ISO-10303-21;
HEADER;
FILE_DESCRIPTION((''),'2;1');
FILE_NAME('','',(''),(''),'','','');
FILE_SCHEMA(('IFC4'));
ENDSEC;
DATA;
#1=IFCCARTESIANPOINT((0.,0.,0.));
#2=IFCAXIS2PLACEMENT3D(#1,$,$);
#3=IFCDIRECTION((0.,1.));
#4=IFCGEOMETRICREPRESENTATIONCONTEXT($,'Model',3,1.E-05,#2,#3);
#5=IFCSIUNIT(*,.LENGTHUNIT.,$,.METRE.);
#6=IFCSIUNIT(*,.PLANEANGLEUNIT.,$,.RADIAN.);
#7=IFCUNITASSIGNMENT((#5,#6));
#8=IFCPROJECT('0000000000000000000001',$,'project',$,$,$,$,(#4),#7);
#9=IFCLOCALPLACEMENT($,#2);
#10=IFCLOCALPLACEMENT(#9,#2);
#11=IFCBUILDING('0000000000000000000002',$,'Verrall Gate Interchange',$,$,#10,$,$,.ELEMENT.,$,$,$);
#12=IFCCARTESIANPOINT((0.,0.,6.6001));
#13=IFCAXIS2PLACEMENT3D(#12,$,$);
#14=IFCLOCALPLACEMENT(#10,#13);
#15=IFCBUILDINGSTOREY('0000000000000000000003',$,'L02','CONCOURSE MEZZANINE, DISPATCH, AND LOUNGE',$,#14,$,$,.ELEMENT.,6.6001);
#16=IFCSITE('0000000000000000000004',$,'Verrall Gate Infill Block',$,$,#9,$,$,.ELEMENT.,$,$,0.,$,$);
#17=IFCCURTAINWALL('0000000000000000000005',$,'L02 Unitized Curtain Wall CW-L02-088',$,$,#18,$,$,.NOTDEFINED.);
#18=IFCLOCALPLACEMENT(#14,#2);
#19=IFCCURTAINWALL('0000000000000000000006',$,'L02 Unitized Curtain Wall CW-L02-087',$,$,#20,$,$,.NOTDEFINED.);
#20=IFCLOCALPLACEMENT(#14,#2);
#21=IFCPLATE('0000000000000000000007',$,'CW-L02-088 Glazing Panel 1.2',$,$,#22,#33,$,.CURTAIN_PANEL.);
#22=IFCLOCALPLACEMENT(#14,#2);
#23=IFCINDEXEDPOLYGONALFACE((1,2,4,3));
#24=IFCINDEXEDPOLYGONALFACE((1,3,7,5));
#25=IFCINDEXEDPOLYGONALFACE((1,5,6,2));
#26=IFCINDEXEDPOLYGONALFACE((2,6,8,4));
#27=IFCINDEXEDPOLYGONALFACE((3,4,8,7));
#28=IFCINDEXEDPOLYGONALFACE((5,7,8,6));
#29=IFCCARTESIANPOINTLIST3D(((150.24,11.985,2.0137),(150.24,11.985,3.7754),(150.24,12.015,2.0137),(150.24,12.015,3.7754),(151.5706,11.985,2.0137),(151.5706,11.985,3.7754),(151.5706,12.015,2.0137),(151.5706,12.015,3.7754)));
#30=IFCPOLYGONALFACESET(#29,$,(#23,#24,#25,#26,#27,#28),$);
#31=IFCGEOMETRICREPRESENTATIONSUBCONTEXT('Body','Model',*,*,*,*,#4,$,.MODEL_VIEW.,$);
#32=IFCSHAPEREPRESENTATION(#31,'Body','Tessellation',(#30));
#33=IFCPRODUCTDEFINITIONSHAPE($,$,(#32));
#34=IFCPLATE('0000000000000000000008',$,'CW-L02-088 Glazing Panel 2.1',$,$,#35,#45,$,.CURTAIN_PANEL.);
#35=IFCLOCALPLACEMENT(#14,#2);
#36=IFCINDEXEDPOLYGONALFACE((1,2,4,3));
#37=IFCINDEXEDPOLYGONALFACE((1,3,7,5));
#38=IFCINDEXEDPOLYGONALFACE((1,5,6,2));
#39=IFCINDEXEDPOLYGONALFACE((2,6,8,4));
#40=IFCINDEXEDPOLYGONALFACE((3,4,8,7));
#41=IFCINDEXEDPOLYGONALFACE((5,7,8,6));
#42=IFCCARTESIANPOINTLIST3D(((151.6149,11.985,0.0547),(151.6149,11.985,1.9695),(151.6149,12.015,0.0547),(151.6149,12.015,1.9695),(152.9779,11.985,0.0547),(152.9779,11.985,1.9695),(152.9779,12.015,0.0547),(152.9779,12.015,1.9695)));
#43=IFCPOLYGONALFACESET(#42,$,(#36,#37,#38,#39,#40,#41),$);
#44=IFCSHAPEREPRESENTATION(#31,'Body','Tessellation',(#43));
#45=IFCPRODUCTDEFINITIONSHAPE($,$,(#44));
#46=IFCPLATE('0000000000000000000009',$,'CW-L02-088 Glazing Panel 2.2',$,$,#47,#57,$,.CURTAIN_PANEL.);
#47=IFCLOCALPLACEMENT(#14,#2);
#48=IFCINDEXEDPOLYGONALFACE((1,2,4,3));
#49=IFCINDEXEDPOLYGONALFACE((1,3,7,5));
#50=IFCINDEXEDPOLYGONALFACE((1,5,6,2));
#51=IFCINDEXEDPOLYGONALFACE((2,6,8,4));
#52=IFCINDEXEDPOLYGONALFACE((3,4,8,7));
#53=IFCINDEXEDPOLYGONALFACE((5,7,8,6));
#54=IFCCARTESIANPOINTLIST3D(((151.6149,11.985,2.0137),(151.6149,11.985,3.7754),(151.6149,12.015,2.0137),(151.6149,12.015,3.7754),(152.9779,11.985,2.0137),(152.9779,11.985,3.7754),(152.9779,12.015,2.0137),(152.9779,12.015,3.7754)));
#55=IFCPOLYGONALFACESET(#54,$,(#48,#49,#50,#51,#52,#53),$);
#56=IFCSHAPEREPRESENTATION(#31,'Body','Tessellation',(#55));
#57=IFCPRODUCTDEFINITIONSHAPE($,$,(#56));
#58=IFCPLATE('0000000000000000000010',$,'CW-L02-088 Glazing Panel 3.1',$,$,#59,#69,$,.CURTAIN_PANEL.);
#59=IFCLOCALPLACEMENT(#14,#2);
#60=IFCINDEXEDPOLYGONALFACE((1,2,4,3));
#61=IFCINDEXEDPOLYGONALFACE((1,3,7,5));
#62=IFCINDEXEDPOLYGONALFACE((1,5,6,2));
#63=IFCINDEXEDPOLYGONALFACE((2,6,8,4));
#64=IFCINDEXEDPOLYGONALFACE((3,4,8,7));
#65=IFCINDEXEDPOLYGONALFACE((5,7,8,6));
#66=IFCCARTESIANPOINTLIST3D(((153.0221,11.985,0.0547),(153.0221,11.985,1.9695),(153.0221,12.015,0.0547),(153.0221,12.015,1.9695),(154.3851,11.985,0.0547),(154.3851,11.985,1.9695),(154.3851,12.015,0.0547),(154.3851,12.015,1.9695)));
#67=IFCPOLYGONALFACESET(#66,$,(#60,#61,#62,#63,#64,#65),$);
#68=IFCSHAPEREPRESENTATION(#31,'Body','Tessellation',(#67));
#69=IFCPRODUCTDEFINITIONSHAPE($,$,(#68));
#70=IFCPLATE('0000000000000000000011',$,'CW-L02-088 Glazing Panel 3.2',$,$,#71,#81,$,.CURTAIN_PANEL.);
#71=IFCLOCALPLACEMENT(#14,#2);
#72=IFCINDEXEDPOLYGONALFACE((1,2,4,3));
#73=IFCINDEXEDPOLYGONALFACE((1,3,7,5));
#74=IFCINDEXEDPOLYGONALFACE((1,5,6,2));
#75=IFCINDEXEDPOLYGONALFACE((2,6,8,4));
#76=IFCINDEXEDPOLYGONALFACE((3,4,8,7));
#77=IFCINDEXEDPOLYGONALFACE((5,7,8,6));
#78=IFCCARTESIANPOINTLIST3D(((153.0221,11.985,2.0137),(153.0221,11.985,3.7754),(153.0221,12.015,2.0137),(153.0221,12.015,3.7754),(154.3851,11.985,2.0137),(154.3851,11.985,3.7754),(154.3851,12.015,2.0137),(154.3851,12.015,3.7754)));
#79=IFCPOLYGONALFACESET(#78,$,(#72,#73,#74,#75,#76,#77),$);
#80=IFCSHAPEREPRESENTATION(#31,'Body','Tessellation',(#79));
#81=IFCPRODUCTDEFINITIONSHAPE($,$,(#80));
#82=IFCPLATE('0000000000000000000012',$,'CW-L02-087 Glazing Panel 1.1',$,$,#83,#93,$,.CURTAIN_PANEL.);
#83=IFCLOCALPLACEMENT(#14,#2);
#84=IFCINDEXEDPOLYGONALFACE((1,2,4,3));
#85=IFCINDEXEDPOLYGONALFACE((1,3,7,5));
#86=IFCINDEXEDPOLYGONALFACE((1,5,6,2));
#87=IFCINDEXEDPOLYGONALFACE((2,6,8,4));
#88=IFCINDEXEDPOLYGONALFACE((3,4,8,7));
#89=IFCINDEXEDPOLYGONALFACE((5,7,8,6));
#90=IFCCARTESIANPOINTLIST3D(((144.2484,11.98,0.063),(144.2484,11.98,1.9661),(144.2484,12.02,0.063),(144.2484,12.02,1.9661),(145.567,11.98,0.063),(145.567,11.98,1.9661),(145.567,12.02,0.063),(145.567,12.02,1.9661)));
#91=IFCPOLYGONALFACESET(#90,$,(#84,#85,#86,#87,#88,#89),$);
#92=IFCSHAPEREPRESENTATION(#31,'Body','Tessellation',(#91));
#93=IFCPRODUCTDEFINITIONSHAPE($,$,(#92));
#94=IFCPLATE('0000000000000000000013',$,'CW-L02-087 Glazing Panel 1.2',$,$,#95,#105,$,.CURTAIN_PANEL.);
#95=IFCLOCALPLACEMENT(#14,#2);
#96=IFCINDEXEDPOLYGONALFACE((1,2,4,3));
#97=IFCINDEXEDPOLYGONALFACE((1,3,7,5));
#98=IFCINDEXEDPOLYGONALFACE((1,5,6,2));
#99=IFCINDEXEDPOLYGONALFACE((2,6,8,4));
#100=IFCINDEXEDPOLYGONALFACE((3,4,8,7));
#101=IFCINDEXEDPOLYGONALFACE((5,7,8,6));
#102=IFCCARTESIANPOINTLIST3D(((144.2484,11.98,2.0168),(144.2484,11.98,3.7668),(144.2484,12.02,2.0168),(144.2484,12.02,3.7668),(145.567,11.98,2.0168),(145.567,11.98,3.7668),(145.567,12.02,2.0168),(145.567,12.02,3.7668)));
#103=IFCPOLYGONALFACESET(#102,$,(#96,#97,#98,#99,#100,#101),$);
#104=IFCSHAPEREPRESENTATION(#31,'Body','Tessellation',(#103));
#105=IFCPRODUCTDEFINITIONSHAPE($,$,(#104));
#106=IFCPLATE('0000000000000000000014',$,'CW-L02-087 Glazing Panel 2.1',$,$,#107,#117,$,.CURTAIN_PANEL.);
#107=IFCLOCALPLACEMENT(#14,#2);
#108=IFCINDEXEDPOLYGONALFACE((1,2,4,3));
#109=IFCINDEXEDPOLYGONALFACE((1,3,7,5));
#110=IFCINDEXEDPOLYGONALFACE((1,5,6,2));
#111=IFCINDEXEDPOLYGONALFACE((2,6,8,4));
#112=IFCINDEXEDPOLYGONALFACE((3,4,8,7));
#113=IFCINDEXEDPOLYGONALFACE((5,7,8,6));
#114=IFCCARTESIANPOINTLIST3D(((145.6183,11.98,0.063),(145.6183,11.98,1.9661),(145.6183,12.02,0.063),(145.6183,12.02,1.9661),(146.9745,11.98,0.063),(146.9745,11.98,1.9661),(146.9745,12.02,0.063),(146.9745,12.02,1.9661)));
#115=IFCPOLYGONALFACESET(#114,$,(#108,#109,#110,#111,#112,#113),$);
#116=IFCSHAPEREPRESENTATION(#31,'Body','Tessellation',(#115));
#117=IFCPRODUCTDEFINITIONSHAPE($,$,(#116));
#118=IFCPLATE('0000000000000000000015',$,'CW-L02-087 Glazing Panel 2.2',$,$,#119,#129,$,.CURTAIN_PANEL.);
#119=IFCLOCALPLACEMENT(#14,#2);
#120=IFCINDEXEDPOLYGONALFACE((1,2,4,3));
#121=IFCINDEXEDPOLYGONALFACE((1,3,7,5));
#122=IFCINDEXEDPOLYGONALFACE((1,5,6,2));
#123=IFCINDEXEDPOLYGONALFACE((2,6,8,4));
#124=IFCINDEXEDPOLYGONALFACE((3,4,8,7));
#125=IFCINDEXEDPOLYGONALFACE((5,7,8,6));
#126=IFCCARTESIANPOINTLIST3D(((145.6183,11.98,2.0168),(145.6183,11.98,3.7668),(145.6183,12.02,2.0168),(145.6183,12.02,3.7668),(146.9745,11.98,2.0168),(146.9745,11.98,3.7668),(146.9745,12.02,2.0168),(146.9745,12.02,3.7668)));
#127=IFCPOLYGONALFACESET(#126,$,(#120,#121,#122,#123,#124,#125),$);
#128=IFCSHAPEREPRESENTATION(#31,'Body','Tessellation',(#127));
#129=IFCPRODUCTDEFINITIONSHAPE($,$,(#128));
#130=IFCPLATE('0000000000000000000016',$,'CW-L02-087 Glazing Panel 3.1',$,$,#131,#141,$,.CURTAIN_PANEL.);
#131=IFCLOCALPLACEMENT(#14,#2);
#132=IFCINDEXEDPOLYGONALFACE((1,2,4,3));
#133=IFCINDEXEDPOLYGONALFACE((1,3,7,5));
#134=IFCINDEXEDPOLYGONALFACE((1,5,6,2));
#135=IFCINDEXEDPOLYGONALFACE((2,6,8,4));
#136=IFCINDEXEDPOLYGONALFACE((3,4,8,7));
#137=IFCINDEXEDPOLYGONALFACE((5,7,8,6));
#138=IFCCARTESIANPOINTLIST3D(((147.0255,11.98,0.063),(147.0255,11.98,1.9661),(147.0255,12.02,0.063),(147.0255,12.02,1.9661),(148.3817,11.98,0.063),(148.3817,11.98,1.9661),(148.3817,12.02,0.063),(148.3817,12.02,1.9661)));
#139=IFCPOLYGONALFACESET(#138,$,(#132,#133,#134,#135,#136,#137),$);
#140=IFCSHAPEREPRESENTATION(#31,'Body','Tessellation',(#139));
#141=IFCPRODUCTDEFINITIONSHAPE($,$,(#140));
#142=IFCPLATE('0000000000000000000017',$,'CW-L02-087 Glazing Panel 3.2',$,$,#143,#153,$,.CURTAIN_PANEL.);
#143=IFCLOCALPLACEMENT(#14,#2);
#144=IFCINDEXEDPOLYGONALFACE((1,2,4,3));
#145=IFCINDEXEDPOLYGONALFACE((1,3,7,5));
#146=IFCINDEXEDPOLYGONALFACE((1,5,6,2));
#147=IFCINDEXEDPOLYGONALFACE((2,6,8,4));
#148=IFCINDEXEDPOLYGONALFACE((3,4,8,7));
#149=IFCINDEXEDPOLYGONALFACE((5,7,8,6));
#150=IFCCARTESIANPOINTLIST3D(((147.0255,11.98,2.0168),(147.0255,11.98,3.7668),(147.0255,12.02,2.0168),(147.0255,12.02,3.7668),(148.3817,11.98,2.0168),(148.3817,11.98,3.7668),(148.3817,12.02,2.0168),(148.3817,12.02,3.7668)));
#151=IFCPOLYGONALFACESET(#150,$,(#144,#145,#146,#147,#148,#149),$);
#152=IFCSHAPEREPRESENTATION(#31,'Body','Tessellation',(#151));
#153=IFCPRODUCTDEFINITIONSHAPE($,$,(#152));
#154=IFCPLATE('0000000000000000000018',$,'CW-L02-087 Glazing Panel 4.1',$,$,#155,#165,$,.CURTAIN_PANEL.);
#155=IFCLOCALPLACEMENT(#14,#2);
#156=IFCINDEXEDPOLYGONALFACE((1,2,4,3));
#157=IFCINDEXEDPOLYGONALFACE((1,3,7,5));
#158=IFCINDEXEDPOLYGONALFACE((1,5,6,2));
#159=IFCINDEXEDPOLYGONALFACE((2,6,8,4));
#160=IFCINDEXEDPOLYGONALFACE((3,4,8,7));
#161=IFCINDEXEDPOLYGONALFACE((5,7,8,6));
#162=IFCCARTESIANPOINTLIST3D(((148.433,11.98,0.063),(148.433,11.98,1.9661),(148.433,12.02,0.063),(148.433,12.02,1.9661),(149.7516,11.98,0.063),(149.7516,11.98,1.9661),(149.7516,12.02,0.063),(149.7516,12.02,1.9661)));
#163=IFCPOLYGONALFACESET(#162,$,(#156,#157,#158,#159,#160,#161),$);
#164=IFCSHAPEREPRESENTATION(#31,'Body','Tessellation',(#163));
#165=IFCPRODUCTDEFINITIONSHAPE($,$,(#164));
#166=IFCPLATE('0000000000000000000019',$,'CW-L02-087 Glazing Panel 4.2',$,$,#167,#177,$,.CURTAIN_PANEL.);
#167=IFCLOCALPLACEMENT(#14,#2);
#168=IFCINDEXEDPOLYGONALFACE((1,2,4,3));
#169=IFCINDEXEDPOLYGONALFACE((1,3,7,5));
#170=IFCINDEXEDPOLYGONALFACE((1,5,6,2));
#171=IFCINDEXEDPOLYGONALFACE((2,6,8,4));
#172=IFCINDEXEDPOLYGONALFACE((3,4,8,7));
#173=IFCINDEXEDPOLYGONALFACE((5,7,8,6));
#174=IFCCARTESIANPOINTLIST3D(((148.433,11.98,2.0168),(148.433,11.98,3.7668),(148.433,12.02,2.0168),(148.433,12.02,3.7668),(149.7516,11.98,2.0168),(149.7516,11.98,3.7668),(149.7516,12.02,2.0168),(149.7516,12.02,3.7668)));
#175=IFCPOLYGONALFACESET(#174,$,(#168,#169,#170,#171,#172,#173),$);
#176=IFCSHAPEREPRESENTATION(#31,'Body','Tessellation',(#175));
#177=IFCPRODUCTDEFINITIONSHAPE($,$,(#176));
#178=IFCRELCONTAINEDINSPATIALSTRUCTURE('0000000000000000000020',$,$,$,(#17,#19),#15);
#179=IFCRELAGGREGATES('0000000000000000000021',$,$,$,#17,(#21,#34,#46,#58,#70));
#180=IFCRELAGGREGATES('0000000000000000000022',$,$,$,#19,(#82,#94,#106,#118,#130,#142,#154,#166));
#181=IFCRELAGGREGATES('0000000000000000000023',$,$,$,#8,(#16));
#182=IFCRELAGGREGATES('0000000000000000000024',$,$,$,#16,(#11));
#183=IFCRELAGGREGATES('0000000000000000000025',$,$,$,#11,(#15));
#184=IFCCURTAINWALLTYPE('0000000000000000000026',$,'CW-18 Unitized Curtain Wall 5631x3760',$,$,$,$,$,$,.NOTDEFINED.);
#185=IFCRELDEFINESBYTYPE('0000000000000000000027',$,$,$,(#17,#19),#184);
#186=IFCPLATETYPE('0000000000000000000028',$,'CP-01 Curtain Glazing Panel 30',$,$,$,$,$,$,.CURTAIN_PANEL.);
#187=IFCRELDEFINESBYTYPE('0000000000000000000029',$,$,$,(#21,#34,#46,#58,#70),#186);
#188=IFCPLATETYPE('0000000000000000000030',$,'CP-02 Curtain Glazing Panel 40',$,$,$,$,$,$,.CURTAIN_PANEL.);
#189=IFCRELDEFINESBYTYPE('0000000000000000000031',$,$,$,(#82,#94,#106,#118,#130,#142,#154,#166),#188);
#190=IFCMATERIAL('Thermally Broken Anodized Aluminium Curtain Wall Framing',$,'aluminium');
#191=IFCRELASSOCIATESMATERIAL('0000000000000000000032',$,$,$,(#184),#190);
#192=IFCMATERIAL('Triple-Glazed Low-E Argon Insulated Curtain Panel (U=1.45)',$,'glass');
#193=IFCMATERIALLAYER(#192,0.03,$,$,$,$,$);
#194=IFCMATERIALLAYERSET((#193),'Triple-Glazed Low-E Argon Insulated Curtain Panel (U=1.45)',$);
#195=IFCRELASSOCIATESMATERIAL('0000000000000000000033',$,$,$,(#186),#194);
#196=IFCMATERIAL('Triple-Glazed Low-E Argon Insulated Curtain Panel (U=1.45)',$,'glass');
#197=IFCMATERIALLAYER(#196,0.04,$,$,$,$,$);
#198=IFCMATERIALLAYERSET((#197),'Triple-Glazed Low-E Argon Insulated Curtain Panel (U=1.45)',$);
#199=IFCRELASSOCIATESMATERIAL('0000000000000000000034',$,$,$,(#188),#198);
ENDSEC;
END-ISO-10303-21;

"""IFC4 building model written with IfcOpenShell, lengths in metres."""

from ifc_helpers import new_model, si_unit, direction, frame, origin, origin_2d, place, context, subcontext, project, spatial, rectangle, extrude, material, layer, layer_set, type_object, element, aggregate, save


model = new_model("IFC4")

# Units and contexts
model_context = context("Model", 3, precision=1e-05, world=origin(), true_north=direction((0.0, 1.0)))
body_context = subcontext(model_context, "Body", "Model", "MODEL_VIEW")
ifc_project = project(units=[si_unit("LENGTHUNIT", "METRE"), si_unit("PLANEANGLEUNIT", "RADIAN")], contexts=[model_context])

# Site, building, storey
site_placement = place(None, origin())
site = spatial("IfcSite", under=ifc_project, at=site_placement, Name="Verrall Gate Infill Block", CompositionType="ELEMENT", RefElevation=0.0)
building_placement = place(site_placement, origin())
building = spatial("IfcBuilding", under=site, at=building_placement, Name="Verrall Gate Interchange", CompositionType="ELEMENT")
storey_placement = place(building_placement, frame((0.0, 0.0, 6.6001)))
storey = spatial("IfcBuildingStorey", under=building, at=storey_placement, Name="L02", Description="CONCOURSE MEZZANINE, DISPATCH, AND LOUNGE", CompositionType="ELEMENT", Elevation=6.6001)

# Curtain walls
ifc_material_1 = material(Name="Thermally Broken Anodized Aluminium Curtain Wall Framing", Category="aluminium")
curtain_wall_type = type_object("IfcCurtainWallType", Name="CW-18 Unitized Curtain Wall 5631x3760", PredefinedType="NOTDEFINED", material=ifc_material_1)
curtain_wall_1_placement = place(storey_placement, origin())
curtain_wall_1 = element("IfcCurtainWall", 1, at=curtain_wall_1_placement, inside=storey, type_object=curtain_wall_type, Name="L02 Unitized Curtain Wall CW-L02-088", PredefinedType="NOTDEFINED")
curtain_wall_2_placement = place(storey_placement, origin())
curtain_wall_2 = element("IfcCurtainWall", 2, at=curtain_wall_2_placement, inside=storey, type_object=curtain_wall_type, Name="L02 Unitized Curtain Wall CW-L02-087", PredefinedType="NOTDEFINED")

# Plates
ifc_material_2 = material(Name="Triple-Glazed Low-E Argon Insulated Curtain Panel (U=1.45)", Category="glass")
ifc_layer_1 = layer(ifc_material_2, 0.03)
ifc_layer_set_1 = layer_set([ifc_layer_1], Name="Triple-Glazed Low-E Argon Insulated Curtain Panel (U=1.45)")
plate_type_1 = type_object("IfcPlateType", Name="CP-01 Curtain Glazing Panel 30", PredefinedType="CURTAIN_PANEL", material=ifc_layer_set_1)
plate_1_placement = place(storey_placement, frame((150.9053, 12.0, 2.0137), z_axis=(0.0, 0.0, 1.0), x_axis=(1.0, 0.0, 0.0)))
plate_1 = element("IfcPlate", 3, at=plate_1_placement, type_object=plate_type_1, Name="CW-L02-088 Glazing Panel 1.2", PredefinedType="CURTAIN_PANEL", context=body_context, shape_type="SweptSolid", body=[
    extrude(rectangle(XDim=1.3306, YDim=0.03, at=origin_2d()), origin(), (0.0, 0.0, 1.0), 1.7617),
])
plate_2_placement = place(storey_placement, frame((152.2964, 12.0, 0.0547), z_axis=(0.0, 0.0, 1.0), x_axis=(1.0, 0.0, 0.0)))
plate_2 = element("IfcPlate", 4, at=plate_2_placement, type_object=plate_type_1, Name="CW-L02-088 Glazing Panel 2.1", PredefinedType="CURTAIN_PANEL", context=body_context, shape_type="SweptSolid", body=[
    extrude(rectangle(XDim=1.363, YDim=0.03, at=origin_2d()), origin(), (0.0, 0.0, 1.0), 1.9148),
])
plate_3_placement = place(storey_placement, frame((152.2964, 12.0, 2.0137), z_axis=(0.0, 0.0, 1.0), x_axis=(1.0, 0.0, 0.0)))
plate_3 = element("IfcPlate", 5, at=plate_3_placement, type_object=plate_type_1, Name="CW-L02-088 Glazing Panel 2.2", PredefinedType="CURTAIN_PANEL", context=body_context, shape_type="SweptSolid", body=[
    extrude(rectangle(XDim=1.363, YDim=0.03, at=origin_2d()), origin(), (0.0, 0.0, 1.0), 1.7617),
])
plate_4_placement = place(storey_placement, frame((153.7036, 12.0, 0.0547), z_axis=(0.0, 0.0, 1.0), x_axis=(1.0, 0.0, 0.0)))
plate_4 = element("IfcPlate", 6, at=plate_4_placement, type_object=plate_type_1, Name="CW-L02-088 Glazing Panel 3.1", PredefinedType="CURTAIN_PANEL", context=body_context, shape_type="SweptSolid", body=[
    extrude(rectangle(XDim=1.363, YDim=0.03, at=origin_2d()), origin(), (0.0, 0.0, 1.0), 1.9148),
])
plate_5_placement = place(storey_placement, frame((153.7036, 12.0, 2.0137), z_axis=(0.0, 0.0, 1.0), x_axis=(1.0, 0.0, 0.0)))
plate_5 = element("IfcPlate", 7, at=plate_5_placement, type_object=plate_type_1, Name="CW-L02-088 Glazing Panel 3.2", PredefinedType="CURTAIN_PANEL", context=body_context, shape_type="SweptSolid", body=[
    extrude(rectangle(XDim=1.363, YDim=0.03, at=origin_2d()), origin(), (0.0, 0.0, 1.0), 1.7617),
])
aggregate(curtain_wall_1, [plate_1, plate_2, plate_3, plate_4, plate_5])
ifc_material_3 = material(Name="Triple-Glazed Low-E Argon Insulated Curtain Panel (U=1.45)", Category="glass")
ifc_layer_2 = layer(ifc_material_3, 0.04)
ifc_layer_set_2 = layer_set([ifc_layer_2], Name="Triple-Glazed Low-E Argon Insulated Curtain Panel (U=1.45)")
plate_type_2 = type_object("IfcPlateType", Name="CP-02 Curtain Glazing Panel 40", PredefinedType="CURTAIN_PANEL", material=ifc_layer_set_2)
plate_6_placement = place(storey_placement, frame((144.9077, 12.0, 0.063), z_axis=(0.0, 0.0, 1.0), x_axis=(1.0, 0.0, 0.0)))
plate_6 = element("IfcPlate", 8, at=plate_6_placement, type_object=plate_type_2, Name="CW-L02-087 Glazing Panel 1.1", PredefinedType="CURTAIN_PANEL", context=body_context, shape_type="SweptSolid", body=[
    extrude(rectangle(XDim=1.3186, YDim=0.04, at=origin_2d()), origin(), (0.0, 0.0, 1.0), 1.9031),
])
plate_7_placement = place(storey_placement, frame((144.9077, 12.0, 2.0168), z_axis=(0.0, 0.0, 1.0), x_axis=(1.0, 0.0, 0.0)))
plate_7 = element("IfcPlate", 9, at=plate_7_placement, type_object=plate_type_2, Name="CW-L02-087 Glazing Panel 1.2", PredefinedType="CURTAIN_PANEL", context=body_context, shape_type="SweptSolid", body=[
    extrude(rectangle(XDim=1.3186, YDim=0.04, at=origin_2d()), origin(), (0.0, 0.0, 1.0), 1.75),
])
plate_8_placement = place(storey_placement, frame((146.2964, 12.0, 0.063), z_axis=(0.0, 0.0, 1.0), x_axis=(1.0, 0.0, 0.0)))
plate_8 = element("IfcPlate", 10, at=plate_8_placement, type_object=plate_type_2, Name="CW-L02-087 Glazing Panel 2.1", PredefinedType="CURTAIN_PANEL", context=body_context, shape_type="SweptSolid", body=[
    extrude(rectangle(XDim=1.3562, YDim=0.04, at=origin_2d()), origin(), (0.0, 0.0, 1.0), 1.9031),
])
plate_9_placement = place(storey_placement, frame((146.2964, 12.0, 2.0168), z_axis=(0.0, 0.0, 1.0), x_axis=(1.0, 0.0, 0.0)))
plate_9 = element("IfcPlate", 11, at=plate_9_placement, type_object=plate_type_2, Name="CW-L02-087 Glazing Panel 2.2", PredefinedType="CURTAIN_PANEL", context=body_context, shape_type="SweptSolid", body=[
    extrude(rectangle(XDim=1.3562, YDim=0.04, at=origin_2d()), origin(), (0.0, 0.0, 1.0), 1.75),
])
plate_10_placement = place(storey_placement, frame((147.7036, 12.0, 0.063), z_axis=(0.0, 0.0, 1.0), x_axis=(1.0, 0.0, 0.0)))
plate_10 = element("IfcPlate", 12, at=plate_10_placement, type_object=plate_type_2, Name="CW-L02-087 Glazing Panel 3.1", PredefinedType="CURTAIN_PANEL", context=body_context, shape_type="SweptSolid", body=[
    extrude(rectangle(XDim=1.3562, YDim=0.04, at=origin_2d()), origin(), (0.0, 0.0, 1.0), 1.9031),
])
plate_11_placement = place(storey_placement, frame((147.7036, 12.0, 2.0168), z_axis=(0.0, 0.0, 1.0), x_axis=(1.0, 0.0, 0.0)))
plate_11 = element("IfcPlate", 13, at=plate_11_placement, type_object=plate_type_2, Name="CW-L02-087 Glazing Panel 3.2", PredefinedType="CURTAIN_PANEL", context=body_context, shape_type="SweptSolid", body=[
    extrude(rectangle(XDim=1.3562, YDim=0.04, at=origin_2d()), origin(), (0.0, 0.0, 1.0), 1.75),
])
plate_12_placement = place(storey_placement, frame((149.0923, 12.0, 0.063), z_axis=(0.0, 0.0, 1.0), x_axis=(1.0, 0.0, 0.0)))
plate_12 = element("IfcPlate", 14, at=plate_12_placement, type_object=plate_type_2, Name="CW-L02-087 Glazing Panel 4.1", PredefinedType="CURTAIN_PANEL", context=body_context, shape_type="SweptSolid", body=[
    extrude(rectangle(XDim=1.3186, YDim=0.04, at=origin_2d()), origin(), (0.0, 0.0, 1.0), 1.9031),
])
plate_13_placement = place(storey_placement, frame((149.0923, 12.0, 2.0168), z_axis=(0.0, 0.0, 1.0), x_axis=(1.0, 0.0, 0.0)))
plate_13 = element("IfcPlate", 15, at=plate_13_placement, type_object=plate_type_2, Name="CW-L02-087 Glazing Panel 4.2", PredefinedType="CURTAIN_PANEL", context=body_context, shape_type="SweptSolid", body=[
    extrude(rectangle(XDim=1.3186, YDim=0.04, at=origin_2d()), origin(), (0.0, 0.0, 1.0), 1.75),
])
aggregate(curtain_wall_2, [plate_6, plate_7, plate_8, plate_9, plate_10, plate_11, plate_12, plate_13])

save(model, "model.ifc")
